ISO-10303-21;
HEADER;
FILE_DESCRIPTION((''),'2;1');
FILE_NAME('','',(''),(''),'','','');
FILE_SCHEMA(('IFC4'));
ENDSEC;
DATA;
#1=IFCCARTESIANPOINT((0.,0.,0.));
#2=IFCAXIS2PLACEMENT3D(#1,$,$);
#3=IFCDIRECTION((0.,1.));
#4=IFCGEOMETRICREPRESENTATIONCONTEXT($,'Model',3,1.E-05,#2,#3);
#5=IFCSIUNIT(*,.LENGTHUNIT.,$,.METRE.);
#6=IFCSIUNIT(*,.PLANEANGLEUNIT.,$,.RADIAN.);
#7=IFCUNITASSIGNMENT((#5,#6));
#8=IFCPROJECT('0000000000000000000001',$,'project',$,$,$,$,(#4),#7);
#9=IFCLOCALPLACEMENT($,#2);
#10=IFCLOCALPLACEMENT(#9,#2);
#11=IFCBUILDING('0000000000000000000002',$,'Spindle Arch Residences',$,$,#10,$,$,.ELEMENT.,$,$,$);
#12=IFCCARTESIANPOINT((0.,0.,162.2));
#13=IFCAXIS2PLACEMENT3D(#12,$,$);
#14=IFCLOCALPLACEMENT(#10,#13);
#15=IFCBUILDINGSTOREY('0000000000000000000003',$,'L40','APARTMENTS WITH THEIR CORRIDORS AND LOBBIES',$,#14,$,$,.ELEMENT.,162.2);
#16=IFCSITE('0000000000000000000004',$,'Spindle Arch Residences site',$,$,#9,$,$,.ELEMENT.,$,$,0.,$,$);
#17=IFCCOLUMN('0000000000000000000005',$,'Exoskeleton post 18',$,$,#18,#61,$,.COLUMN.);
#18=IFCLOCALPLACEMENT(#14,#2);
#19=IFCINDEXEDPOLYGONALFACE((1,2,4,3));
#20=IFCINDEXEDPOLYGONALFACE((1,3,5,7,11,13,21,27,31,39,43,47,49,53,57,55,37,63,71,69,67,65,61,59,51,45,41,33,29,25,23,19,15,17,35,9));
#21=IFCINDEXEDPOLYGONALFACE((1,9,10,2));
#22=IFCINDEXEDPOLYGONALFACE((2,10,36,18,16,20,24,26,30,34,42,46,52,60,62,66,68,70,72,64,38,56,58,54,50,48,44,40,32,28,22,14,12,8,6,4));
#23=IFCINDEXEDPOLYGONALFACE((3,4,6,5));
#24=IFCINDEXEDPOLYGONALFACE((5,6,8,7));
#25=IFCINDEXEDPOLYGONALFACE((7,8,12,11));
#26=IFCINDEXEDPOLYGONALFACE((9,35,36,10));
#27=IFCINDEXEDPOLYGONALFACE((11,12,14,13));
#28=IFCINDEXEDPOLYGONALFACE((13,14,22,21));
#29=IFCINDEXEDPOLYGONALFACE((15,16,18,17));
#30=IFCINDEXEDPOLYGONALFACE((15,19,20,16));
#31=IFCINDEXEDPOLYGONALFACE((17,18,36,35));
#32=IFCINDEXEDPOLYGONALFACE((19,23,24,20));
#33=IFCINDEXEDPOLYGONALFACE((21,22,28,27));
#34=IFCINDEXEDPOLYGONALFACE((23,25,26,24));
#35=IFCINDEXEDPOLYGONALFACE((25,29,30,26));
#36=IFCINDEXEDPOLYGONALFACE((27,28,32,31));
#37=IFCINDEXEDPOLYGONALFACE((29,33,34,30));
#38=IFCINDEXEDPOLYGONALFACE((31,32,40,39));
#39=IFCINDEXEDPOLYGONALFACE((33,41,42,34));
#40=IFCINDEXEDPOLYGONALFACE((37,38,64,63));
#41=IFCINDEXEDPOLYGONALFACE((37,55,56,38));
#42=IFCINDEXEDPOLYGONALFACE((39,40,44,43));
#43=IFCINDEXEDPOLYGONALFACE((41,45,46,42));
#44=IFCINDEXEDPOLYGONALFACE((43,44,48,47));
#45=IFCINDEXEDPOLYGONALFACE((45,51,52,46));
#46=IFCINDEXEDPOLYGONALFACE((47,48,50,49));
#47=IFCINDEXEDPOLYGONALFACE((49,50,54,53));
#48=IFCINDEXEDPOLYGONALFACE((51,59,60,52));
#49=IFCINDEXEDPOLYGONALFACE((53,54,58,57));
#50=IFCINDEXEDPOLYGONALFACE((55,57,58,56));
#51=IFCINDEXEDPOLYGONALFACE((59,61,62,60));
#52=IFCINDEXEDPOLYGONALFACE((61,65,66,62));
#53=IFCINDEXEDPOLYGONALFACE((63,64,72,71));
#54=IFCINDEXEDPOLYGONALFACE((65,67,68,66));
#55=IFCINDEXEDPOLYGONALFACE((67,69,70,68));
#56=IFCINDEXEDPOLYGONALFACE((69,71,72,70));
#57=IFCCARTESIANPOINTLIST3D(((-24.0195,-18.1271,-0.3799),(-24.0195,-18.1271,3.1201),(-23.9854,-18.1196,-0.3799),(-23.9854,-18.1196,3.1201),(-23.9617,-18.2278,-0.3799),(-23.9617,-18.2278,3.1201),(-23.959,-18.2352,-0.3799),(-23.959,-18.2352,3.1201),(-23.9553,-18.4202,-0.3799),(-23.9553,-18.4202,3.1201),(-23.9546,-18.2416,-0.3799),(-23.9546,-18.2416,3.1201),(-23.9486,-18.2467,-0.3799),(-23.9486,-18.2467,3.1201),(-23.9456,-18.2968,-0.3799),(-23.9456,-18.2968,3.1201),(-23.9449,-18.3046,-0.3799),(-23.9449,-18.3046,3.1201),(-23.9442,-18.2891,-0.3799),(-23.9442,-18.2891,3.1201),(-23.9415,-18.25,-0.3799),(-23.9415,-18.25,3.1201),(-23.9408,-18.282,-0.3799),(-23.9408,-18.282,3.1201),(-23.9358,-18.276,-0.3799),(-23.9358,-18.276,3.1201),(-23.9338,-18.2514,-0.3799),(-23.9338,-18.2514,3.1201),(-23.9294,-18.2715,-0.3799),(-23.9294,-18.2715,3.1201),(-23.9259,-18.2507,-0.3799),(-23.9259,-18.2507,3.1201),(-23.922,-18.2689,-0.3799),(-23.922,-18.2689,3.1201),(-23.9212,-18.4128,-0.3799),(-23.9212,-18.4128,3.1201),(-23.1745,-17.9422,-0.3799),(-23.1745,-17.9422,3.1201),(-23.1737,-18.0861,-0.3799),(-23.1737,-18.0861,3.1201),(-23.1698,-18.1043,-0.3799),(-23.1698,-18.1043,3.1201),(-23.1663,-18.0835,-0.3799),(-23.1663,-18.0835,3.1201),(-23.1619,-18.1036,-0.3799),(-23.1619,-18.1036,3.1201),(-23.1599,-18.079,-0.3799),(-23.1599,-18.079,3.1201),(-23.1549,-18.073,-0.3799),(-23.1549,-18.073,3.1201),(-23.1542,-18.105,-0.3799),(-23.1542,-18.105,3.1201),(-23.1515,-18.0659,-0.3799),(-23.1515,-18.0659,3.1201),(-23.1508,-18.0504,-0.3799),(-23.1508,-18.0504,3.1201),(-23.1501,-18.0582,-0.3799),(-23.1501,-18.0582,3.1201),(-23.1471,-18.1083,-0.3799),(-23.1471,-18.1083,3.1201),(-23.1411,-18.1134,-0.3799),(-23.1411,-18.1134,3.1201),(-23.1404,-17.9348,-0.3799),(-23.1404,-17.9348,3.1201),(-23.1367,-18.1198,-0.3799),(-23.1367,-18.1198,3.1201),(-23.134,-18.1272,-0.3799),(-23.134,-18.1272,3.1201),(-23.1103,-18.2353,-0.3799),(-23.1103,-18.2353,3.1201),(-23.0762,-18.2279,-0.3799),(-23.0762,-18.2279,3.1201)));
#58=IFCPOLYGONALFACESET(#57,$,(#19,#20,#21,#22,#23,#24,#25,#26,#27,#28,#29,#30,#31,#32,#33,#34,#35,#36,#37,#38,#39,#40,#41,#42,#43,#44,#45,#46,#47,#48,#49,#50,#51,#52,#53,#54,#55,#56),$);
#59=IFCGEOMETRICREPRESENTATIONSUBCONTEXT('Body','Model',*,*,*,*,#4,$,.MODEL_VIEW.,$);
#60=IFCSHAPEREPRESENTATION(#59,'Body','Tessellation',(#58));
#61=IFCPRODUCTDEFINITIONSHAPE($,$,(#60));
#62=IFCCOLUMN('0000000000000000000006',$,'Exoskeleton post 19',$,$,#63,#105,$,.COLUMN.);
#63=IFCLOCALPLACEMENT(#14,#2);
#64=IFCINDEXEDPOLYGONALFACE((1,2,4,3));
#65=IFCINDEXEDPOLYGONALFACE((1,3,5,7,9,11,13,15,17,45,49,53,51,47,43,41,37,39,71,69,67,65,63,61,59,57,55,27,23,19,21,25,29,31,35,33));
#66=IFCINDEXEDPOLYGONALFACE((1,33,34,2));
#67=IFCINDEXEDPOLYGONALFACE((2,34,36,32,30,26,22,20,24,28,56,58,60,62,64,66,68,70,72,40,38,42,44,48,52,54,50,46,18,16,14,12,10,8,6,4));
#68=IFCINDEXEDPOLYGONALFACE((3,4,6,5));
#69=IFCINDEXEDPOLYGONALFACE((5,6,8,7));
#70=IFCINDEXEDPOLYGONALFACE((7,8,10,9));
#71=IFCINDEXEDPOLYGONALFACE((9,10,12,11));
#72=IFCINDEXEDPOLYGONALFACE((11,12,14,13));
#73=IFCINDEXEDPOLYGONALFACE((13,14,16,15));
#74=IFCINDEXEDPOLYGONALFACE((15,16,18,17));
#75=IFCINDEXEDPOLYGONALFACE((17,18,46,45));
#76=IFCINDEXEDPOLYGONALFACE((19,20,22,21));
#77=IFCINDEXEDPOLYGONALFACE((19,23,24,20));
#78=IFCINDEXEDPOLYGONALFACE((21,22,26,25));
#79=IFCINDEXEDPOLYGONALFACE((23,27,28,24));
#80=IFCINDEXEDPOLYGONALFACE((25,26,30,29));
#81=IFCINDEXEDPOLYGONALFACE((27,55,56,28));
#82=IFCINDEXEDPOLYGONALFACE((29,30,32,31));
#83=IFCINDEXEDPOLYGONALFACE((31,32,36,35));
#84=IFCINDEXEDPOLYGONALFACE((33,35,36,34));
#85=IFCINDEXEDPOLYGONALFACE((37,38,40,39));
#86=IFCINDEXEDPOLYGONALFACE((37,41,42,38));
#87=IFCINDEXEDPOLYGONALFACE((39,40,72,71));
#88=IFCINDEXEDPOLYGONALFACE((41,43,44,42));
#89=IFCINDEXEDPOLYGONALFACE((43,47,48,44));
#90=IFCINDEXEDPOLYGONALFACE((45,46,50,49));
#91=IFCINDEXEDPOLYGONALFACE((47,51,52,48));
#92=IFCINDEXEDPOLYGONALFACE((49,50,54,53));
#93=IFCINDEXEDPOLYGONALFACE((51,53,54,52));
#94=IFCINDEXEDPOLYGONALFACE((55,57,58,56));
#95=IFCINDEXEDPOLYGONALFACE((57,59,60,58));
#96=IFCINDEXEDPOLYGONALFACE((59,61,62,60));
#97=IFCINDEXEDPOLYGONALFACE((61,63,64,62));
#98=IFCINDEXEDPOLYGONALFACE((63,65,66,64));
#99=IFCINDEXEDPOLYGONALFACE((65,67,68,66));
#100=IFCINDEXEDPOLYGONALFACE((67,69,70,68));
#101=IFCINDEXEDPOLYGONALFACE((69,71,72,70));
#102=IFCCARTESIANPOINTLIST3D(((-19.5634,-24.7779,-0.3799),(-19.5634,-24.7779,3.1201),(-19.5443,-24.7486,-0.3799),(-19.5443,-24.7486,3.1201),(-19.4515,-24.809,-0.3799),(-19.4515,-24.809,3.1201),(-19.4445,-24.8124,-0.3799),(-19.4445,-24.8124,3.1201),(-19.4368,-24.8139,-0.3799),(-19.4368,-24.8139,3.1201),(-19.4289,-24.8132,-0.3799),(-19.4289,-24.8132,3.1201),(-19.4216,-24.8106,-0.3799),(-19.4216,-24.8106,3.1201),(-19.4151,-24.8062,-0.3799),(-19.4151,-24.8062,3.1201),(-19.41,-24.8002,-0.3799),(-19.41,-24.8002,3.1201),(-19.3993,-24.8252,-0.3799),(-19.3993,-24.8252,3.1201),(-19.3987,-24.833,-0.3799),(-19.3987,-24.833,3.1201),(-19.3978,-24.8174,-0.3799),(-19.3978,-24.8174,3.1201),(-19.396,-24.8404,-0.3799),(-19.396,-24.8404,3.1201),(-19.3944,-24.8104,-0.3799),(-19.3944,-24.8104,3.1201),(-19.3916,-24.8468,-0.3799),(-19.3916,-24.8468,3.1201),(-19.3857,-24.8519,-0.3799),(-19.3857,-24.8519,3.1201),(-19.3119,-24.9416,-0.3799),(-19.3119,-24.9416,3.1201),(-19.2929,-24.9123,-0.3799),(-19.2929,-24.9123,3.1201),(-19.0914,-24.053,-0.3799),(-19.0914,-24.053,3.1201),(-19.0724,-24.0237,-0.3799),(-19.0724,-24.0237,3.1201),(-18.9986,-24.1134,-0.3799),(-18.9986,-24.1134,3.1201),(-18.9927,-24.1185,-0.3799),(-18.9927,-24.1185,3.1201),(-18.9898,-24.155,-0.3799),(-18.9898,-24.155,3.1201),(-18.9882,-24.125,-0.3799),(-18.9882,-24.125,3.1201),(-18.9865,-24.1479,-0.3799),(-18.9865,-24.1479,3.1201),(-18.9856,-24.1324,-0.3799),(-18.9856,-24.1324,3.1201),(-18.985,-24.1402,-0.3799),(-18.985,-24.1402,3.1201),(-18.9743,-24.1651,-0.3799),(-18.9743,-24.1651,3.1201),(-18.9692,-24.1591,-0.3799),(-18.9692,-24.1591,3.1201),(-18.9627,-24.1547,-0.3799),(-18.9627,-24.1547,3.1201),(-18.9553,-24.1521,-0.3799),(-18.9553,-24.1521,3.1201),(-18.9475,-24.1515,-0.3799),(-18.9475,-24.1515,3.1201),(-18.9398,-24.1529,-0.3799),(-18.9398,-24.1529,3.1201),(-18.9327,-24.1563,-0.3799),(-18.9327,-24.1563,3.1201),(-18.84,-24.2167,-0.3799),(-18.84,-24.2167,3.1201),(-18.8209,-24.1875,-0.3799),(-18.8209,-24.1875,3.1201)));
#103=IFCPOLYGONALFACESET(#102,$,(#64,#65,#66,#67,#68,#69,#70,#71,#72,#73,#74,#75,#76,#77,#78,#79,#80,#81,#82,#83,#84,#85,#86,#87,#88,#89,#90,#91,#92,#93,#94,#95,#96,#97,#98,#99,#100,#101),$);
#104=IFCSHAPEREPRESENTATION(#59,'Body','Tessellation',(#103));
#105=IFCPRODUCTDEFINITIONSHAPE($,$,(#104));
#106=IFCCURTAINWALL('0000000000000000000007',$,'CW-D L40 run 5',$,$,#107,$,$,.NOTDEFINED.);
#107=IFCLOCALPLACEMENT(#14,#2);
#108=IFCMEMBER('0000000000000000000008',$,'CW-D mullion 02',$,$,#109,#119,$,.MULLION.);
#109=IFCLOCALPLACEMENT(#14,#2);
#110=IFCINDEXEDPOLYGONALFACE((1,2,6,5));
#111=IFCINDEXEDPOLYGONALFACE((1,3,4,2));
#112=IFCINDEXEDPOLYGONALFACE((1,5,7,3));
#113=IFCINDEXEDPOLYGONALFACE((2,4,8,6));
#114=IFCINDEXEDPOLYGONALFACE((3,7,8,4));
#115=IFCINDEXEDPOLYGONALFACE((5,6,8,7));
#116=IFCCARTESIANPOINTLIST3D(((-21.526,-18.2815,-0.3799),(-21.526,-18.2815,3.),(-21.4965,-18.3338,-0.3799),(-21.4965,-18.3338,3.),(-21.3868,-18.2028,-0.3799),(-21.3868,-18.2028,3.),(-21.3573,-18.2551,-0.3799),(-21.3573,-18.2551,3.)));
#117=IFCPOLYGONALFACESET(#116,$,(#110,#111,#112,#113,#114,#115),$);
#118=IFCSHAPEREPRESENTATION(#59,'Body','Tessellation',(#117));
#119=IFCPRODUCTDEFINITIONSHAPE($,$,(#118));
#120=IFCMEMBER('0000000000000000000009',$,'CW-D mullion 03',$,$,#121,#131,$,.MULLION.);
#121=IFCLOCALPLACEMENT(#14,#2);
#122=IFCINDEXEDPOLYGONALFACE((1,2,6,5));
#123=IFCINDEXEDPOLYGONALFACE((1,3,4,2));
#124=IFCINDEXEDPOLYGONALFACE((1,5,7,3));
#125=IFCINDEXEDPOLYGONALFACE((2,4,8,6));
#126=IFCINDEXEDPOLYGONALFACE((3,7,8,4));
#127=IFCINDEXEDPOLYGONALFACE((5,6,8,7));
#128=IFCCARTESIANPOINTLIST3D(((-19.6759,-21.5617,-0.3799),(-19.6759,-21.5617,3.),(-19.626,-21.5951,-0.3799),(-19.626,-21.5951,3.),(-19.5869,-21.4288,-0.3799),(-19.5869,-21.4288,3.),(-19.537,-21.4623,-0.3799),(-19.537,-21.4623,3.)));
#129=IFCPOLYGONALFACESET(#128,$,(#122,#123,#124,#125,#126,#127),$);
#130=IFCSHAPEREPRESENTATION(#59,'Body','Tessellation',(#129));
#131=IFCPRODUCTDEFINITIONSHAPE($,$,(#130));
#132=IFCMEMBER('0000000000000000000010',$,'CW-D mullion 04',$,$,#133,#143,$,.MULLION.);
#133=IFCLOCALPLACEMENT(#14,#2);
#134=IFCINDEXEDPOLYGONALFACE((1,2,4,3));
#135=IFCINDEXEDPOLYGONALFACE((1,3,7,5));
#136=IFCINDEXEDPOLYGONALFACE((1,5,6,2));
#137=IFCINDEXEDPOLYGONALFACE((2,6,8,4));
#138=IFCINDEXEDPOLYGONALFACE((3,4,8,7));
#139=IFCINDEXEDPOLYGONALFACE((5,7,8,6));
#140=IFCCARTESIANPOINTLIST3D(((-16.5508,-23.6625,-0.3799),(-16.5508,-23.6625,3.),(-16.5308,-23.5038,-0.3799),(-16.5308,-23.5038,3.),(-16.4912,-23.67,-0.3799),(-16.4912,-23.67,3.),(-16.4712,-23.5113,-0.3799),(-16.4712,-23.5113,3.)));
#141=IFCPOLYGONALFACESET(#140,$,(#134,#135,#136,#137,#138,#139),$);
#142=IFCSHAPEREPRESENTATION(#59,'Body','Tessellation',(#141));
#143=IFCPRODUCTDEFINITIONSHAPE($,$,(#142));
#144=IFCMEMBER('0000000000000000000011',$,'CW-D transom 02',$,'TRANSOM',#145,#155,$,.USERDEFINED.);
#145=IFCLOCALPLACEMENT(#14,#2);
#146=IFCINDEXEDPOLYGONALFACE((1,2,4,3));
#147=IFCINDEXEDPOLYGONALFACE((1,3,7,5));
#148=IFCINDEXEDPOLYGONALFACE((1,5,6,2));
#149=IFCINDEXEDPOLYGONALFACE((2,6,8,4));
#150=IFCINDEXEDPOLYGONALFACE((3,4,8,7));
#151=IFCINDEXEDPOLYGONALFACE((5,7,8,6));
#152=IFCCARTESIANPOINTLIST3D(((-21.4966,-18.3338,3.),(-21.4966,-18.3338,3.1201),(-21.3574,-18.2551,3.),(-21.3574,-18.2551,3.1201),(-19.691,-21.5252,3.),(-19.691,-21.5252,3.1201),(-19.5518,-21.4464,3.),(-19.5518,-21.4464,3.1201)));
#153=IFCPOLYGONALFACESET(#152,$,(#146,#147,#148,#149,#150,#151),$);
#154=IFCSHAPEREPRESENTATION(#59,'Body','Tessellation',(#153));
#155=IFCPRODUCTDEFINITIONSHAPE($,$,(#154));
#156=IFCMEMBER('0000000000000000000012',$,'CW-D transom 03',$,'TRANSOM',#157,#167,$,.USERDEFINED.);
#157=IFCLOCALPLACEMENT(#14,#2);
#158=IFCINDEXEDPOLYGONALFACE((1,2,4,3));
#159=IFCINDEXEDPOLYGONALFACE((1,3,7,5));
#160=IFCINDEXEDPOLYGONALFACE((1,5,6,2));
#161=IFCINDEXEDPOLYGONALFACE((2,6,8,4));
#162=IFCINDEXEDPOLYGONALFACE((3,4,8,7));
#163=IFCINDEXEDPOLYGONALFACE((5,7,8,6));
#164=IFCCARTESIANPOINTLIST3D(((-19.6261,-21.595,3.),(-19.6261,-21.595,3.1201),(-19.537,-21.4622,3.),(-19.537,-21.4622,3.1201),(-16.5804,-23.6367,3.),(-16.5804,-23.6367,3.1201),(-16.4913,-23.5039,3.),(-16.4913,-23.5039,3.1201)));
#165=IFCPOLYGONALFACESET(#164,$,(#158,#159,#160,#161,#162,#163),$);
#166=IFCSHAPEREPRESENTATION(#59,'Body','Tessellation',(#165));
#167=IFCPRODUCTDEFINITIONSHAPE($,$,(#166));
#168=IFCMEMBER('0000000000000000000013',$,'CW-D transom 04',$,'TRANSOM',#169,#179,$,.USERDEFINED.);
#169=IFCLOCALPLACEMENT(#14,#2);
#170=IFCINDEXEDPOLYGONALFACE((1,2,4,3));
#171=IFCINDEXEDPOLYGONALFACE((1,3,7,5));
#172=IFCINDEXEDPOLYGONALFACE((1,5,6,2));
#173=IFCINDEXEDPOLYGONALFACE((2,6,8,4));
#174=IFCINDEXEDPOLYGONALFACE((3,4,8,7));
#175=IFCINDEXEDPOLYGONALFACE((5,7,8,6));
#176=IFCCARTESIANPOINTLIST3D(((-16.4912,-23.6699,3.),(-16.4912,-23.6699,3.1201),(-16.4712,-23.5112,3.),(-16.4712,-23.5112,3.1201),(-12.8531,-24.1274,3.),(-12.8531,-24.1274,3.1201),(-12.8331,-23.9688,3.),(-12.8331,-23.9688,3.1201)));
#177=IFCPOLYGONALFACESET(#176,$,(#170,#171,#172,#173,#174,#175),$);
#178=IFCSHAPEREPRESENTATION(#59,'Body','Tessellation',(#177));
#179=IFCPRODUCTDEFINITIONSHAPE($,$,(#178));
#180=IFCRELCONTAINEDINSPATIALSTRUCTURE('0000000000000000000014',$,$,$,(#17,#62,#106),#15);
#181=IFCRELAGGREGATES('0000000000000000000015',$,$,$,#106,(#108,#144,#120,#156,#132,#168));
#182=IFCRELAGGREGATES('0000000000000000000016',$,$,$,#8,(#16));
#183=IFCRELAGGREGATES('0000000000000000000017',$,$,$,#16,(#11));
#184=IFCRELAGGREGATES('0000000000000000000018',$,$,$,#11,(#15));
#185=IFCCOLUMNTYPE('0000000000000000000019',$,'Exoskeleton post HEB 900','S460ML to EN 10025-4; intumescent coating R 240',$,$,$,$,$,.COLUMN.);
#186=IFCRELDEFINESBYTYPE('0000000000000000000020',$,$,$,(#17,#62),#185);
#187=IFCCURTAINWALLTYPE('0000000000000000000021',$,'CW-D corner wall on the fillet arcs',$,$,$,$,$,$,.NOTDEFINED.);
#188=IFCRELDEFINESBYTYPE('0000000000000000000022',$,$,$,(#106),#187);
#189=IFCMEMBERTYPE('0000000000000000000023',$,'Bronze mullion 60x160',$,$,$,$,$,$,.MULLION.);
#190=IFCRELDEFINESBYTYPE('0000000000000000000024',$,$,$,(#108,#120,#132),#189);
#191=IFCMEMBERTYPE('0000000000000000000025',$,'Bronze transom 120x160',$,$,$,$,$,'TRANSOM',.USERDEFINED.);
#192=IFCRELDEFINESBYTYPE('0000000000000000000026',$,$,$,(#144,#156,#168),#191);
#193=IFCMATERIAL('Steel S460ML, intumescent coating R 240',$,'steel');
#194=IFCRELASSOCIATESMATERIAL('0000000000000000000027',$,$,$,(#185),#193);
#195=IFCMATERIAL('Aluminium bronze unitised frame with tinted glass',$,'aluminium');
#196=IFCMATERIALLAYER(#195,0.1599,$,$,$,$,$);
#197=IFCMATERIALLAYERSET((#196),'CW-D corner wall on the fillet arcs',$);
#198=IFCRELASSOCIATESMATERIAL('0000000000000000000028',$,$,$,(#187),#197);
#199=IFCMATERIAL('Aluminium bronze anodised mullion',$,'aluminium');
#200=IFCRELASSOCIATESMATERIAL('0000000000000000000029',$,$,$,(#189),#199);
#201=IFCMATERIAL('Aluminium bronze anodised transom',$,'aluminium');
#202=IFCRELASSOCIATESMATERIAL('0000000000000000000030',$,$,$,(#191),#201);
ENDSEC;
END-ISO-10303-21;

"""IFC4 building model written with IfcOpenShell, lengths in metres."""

from ifc_helpers import new_model, si_unit, direction, frame, origin, origin_2d, place, context, subcontext, project, spatial, rectangle, i_section, extrude, material, layer, layer_set, material_profile, profile_set, type_object, element, aggregate, save


model = new_model("IFC4")

# Units and contexts
model_context = context("Model", 3, precision=1e-05, world=origin(), true_north=direction((0.0, 1.0)))
body_context = subcontext(model_context, "Body", "Model", "MODEL_VIEW")
ifc_project = project(units=[si_unit("LENGTHUNIT", "METRE"), si_unit("PLANEANGLEUNIT", "RADIAN")], contexts=[model_context])

# Site, building, storey
site_placement = place(None, origin())
site = spatial("IfcSite", under=ifc_project, at=site_placement, Name="Spindle Arch Residences site", CompositionType="ELEMENT", RefElevation=0.0)
building_placement = place(site_placement, origin())
building = spatial("IfcBuilding", under=site, at=building_placement, Name="Spindle Arch Residences", CompositionType="ELEMENT")
storey_placement = place(building_placement, frame((0.0, 0.0, 162.2)))
storey = spatial("IfcBuildingStorey", under=building, at=storey_placement, Name="L40", Description="APARTMENTS WITH THEIR CORRIDORS AND LOBBIES", CompositionType="ELEMENT", Elevation=162.2)

# Columns
ifc_material_1 = material(Name="Steel S460ML, intumescent coating R 240", Category="steel")
ifc_material_profile_1 = material_profile(ifc_material_1, i_section(OverallWidth=0.3, OverallDepth=0.8999, WebThickness=0.0186, FlangeThickness=0.0349, FilletRadius=0.03, at=origin_2d()), Name="HEB 900")
ifc_profile_set_1 = profile_set([ifc_material_profile_1], Name="Steel S460ML, intumescent coating R 240")
column_type = type_object("IfcColumnType", Name="Exoskeleton post HEB 900", Description="S460ML to EN 10025-4; intumescent coating R 240", PredefinedType="COLUMN", material=ifc_profile_set_1)
for number, where, z_axis, x_axis, name in (
    (1, (-23.5479, -18.1775, -0.3799), (0.0, 0.0, 1.0), (-0.213754, 0.976887, 0.0), "Exoskeleton post 18"),
    (2, (-19.1921, -24.4827, -0.3799), (0.0, 0.0, 1.0), (-0.838019, 0.545641, 0.0), "Exoskeleton post 19"),
):
    element("IfcColumn", number, at=place(storey_placement, frame(where, z_axis=z_axis, x_axis=x_axis)), inside=storey, type_object=column_type, Name=name, PredefinedType="COLUMN", context=body_context, shape_type="SweptSolid", body=[
        extrude(i_section(OverallWidth=0.3, OverallDepth=0.8999, WebThickness=0.0186, FlangeThickness=0.0349, FilletRadius=0.03, at=origin_2d()), origin(), (0.0, 0.0, 1.0), 3.5),
    ])

# Curtain wall, members
ifc_material_2 = material(Name="Aluminium bronze unitised frame with tinted glass", Category="aluminium")
ifc_layer_1 = layer(ifc_material_2, 0.1599)
ifc_layer_set_1 = layer_set([ifc_layer_1], Name="CW-D corner wall on the fillet arcs")
curtain_wall_type = type_object("IfcCurtainWallType", Name="CW-D corner wall on the fillet arcs", PredefinedType="NOTDEFINED", material=ifc_layer_set_1)
curtain_wall_placement = place(storey_placement, origin())
curtain_wall = element("IfcCurtainWall", 3, at=curtain_wall_placement, inside=storey, type_object=curtain_wall_type, Name="CW-D L40 run 5", PredefinedType="NOTDEFINED")
ifc_material_3 = material(Name="Aluminium bronze anodised mullion", Category="aluminium")
ifc_material_profile_2 = material_profile(ifc_material_3, rectangle(XDim=0.1599, YDim=0.0601, at=origin_2d()), Name="MU 60x160")
ifc_profile_set_2 = profile_set([ifc_material_profile_2], Name="Aluminium bronze anodised mullion")
member_type_1 = type_object("IfcMemberType", Name="Bronze mullion 60x160", PredefinedType="MULLION", material=ifc_profile_set_2)
member_1_placement = place(storey_placement, frame((-21.4417, -18.2683, -0.3799), z_axis=(0.0, 0.0, 1.0), x_axis=(0.870356, 0.492424, 0.0)))
member_1 = element("IfcMember", 4, at=member_1_placement, type_object=member_type_1, Name="CW-D mullion 02", PredefinedType="MULLION", context=body_context, shape_type="SweptSolid", body=[
    extrude(rectangle(XDim=0.1599, YDim=0.0601, at=origin_2d()), origin(), (0.0, 0.0, 1.0), 3.3799),
])
member_2_placement = place(storey_placement, frame((-19.6064, -21.512, -0.3799), z_axis=(0.0, 0.0, 1.0), x_axis=(0.556779, 0.830661, 0.0)))
member_2 = element("IfcMember", 5, at=member_2_placement, type_object=member_type_1, Name="CW-D mullion 03", PredefinedType="MULLION", context=body_context, shape_type="SweptSolid", body=[
    extrude(rectangle(XDim=0.1599, YDim=0.0601, at=origin_2d()), origin(), (0.0, 0.0, 1.0), 3.3799),
])
member_3_placement = place(storey_placement, frame((-16.511, -23.5869, -0.3799), z_axis=(0.0, 0.0, 1.0), x_axis=(0.124756, 0.992187, 0.0)))
member_3 = element("IfcMember", 6, at=member_3_placement, type_object=member_type_1, Name="CW-D mullion 04", PredefinedType="MULLION", context=body_context, shape_type="SweptSolid", body=[
    extrude(rectangle(XDim=0.1599, YDim=0.0601, at=origin_2d()), origin(), (0.0, 0.0, 1.0), 3.3799),
])
ifc_material_4 = material(Name="Aluminium bronze anodised transom", Category="aluminium")
ifc_material_profile_3 = material_profile(ifc_material_4, rectangle(XDim=0.1599, YDim=0.1201, at=origin_2d()), Name="TR 120x160")
ifc_profile_set_3 = profile_set([ifc_material_profile_3], Name="Aluminium bronze anodised transom")
member_type_2 = type_object("IfcMemberType", Name="Bronze transom 120x160", ElementType="TRANSOM", PredefinedType="USERDEFINED", material=ifc_profile_set_3)
member_4_placement = place(storey_placement, frame((-21.427, -18.2944, 3.0601), z_axis=(0.492435, -0.870349, 0.0), x_axis=(0.870349, 0.492435, 0.0)))
member_4 = element("IfcMember", 7, at=member_4_placement, type_object=member_type_2, Name="CW-D transom 02", ObjectType="TRANSOM", PredefinedType="USERDEFINED", context=body_context, shape_type="SweptSolid", body=[
    extrude(rectangle(XDim=0.1599, YDim=0.1201, at=origin_2d()), origin(), (0.0, 0.0, 1.0), 3.6667),
])
member_5_placement = place(storey_placement, frame((-19.5815, -21.5286, 3.0601), z_axis=(0.830624, -0.556834, 0.0), x_axis=(0.556834, 0.830624, 0.0)))
member_5 = element("IfcMember", 8, at=member_5_placement, type_object=member_type_2, Name="CW-D transom 03", ObjectType="TRANSOM", PredefinedType="USERDEFINED", context=body_context, shape_type="SweptSolid", body=[
    extrude(rectangle(XDim=0.1599, YDim=0.1201, at=origin_2d()), origin(), (0.0, 0.0, 1.0), 3.6667),
])
member_6_placement = place(storey_placement, frame((-16.4812, -23.5906, 3.0601), z_axis=(0.992185, -0.124772, 0.0), x_axis=(0.124772, 0.992185, 0.0)))
member_6 = element("IfcMember", 9, at=member_6_placement, type_object=member_type_2, Name="CW-D transom 04", ObjectType="TRANSOM", PredefinedType="USERDEFINED", context=body_context, shape_type="SweptSolid", body=[
    extrude(rectangle(XDim=0.1599, YDim=0.1201, at=origin_2d()), origin(), (0.0, 0.0, 1.0), 3.6667),
])

aggregate(curtain_wall, [member_1, member_4, member_2, member_5, member_3, member_6])

save(model, "model.ifc")
